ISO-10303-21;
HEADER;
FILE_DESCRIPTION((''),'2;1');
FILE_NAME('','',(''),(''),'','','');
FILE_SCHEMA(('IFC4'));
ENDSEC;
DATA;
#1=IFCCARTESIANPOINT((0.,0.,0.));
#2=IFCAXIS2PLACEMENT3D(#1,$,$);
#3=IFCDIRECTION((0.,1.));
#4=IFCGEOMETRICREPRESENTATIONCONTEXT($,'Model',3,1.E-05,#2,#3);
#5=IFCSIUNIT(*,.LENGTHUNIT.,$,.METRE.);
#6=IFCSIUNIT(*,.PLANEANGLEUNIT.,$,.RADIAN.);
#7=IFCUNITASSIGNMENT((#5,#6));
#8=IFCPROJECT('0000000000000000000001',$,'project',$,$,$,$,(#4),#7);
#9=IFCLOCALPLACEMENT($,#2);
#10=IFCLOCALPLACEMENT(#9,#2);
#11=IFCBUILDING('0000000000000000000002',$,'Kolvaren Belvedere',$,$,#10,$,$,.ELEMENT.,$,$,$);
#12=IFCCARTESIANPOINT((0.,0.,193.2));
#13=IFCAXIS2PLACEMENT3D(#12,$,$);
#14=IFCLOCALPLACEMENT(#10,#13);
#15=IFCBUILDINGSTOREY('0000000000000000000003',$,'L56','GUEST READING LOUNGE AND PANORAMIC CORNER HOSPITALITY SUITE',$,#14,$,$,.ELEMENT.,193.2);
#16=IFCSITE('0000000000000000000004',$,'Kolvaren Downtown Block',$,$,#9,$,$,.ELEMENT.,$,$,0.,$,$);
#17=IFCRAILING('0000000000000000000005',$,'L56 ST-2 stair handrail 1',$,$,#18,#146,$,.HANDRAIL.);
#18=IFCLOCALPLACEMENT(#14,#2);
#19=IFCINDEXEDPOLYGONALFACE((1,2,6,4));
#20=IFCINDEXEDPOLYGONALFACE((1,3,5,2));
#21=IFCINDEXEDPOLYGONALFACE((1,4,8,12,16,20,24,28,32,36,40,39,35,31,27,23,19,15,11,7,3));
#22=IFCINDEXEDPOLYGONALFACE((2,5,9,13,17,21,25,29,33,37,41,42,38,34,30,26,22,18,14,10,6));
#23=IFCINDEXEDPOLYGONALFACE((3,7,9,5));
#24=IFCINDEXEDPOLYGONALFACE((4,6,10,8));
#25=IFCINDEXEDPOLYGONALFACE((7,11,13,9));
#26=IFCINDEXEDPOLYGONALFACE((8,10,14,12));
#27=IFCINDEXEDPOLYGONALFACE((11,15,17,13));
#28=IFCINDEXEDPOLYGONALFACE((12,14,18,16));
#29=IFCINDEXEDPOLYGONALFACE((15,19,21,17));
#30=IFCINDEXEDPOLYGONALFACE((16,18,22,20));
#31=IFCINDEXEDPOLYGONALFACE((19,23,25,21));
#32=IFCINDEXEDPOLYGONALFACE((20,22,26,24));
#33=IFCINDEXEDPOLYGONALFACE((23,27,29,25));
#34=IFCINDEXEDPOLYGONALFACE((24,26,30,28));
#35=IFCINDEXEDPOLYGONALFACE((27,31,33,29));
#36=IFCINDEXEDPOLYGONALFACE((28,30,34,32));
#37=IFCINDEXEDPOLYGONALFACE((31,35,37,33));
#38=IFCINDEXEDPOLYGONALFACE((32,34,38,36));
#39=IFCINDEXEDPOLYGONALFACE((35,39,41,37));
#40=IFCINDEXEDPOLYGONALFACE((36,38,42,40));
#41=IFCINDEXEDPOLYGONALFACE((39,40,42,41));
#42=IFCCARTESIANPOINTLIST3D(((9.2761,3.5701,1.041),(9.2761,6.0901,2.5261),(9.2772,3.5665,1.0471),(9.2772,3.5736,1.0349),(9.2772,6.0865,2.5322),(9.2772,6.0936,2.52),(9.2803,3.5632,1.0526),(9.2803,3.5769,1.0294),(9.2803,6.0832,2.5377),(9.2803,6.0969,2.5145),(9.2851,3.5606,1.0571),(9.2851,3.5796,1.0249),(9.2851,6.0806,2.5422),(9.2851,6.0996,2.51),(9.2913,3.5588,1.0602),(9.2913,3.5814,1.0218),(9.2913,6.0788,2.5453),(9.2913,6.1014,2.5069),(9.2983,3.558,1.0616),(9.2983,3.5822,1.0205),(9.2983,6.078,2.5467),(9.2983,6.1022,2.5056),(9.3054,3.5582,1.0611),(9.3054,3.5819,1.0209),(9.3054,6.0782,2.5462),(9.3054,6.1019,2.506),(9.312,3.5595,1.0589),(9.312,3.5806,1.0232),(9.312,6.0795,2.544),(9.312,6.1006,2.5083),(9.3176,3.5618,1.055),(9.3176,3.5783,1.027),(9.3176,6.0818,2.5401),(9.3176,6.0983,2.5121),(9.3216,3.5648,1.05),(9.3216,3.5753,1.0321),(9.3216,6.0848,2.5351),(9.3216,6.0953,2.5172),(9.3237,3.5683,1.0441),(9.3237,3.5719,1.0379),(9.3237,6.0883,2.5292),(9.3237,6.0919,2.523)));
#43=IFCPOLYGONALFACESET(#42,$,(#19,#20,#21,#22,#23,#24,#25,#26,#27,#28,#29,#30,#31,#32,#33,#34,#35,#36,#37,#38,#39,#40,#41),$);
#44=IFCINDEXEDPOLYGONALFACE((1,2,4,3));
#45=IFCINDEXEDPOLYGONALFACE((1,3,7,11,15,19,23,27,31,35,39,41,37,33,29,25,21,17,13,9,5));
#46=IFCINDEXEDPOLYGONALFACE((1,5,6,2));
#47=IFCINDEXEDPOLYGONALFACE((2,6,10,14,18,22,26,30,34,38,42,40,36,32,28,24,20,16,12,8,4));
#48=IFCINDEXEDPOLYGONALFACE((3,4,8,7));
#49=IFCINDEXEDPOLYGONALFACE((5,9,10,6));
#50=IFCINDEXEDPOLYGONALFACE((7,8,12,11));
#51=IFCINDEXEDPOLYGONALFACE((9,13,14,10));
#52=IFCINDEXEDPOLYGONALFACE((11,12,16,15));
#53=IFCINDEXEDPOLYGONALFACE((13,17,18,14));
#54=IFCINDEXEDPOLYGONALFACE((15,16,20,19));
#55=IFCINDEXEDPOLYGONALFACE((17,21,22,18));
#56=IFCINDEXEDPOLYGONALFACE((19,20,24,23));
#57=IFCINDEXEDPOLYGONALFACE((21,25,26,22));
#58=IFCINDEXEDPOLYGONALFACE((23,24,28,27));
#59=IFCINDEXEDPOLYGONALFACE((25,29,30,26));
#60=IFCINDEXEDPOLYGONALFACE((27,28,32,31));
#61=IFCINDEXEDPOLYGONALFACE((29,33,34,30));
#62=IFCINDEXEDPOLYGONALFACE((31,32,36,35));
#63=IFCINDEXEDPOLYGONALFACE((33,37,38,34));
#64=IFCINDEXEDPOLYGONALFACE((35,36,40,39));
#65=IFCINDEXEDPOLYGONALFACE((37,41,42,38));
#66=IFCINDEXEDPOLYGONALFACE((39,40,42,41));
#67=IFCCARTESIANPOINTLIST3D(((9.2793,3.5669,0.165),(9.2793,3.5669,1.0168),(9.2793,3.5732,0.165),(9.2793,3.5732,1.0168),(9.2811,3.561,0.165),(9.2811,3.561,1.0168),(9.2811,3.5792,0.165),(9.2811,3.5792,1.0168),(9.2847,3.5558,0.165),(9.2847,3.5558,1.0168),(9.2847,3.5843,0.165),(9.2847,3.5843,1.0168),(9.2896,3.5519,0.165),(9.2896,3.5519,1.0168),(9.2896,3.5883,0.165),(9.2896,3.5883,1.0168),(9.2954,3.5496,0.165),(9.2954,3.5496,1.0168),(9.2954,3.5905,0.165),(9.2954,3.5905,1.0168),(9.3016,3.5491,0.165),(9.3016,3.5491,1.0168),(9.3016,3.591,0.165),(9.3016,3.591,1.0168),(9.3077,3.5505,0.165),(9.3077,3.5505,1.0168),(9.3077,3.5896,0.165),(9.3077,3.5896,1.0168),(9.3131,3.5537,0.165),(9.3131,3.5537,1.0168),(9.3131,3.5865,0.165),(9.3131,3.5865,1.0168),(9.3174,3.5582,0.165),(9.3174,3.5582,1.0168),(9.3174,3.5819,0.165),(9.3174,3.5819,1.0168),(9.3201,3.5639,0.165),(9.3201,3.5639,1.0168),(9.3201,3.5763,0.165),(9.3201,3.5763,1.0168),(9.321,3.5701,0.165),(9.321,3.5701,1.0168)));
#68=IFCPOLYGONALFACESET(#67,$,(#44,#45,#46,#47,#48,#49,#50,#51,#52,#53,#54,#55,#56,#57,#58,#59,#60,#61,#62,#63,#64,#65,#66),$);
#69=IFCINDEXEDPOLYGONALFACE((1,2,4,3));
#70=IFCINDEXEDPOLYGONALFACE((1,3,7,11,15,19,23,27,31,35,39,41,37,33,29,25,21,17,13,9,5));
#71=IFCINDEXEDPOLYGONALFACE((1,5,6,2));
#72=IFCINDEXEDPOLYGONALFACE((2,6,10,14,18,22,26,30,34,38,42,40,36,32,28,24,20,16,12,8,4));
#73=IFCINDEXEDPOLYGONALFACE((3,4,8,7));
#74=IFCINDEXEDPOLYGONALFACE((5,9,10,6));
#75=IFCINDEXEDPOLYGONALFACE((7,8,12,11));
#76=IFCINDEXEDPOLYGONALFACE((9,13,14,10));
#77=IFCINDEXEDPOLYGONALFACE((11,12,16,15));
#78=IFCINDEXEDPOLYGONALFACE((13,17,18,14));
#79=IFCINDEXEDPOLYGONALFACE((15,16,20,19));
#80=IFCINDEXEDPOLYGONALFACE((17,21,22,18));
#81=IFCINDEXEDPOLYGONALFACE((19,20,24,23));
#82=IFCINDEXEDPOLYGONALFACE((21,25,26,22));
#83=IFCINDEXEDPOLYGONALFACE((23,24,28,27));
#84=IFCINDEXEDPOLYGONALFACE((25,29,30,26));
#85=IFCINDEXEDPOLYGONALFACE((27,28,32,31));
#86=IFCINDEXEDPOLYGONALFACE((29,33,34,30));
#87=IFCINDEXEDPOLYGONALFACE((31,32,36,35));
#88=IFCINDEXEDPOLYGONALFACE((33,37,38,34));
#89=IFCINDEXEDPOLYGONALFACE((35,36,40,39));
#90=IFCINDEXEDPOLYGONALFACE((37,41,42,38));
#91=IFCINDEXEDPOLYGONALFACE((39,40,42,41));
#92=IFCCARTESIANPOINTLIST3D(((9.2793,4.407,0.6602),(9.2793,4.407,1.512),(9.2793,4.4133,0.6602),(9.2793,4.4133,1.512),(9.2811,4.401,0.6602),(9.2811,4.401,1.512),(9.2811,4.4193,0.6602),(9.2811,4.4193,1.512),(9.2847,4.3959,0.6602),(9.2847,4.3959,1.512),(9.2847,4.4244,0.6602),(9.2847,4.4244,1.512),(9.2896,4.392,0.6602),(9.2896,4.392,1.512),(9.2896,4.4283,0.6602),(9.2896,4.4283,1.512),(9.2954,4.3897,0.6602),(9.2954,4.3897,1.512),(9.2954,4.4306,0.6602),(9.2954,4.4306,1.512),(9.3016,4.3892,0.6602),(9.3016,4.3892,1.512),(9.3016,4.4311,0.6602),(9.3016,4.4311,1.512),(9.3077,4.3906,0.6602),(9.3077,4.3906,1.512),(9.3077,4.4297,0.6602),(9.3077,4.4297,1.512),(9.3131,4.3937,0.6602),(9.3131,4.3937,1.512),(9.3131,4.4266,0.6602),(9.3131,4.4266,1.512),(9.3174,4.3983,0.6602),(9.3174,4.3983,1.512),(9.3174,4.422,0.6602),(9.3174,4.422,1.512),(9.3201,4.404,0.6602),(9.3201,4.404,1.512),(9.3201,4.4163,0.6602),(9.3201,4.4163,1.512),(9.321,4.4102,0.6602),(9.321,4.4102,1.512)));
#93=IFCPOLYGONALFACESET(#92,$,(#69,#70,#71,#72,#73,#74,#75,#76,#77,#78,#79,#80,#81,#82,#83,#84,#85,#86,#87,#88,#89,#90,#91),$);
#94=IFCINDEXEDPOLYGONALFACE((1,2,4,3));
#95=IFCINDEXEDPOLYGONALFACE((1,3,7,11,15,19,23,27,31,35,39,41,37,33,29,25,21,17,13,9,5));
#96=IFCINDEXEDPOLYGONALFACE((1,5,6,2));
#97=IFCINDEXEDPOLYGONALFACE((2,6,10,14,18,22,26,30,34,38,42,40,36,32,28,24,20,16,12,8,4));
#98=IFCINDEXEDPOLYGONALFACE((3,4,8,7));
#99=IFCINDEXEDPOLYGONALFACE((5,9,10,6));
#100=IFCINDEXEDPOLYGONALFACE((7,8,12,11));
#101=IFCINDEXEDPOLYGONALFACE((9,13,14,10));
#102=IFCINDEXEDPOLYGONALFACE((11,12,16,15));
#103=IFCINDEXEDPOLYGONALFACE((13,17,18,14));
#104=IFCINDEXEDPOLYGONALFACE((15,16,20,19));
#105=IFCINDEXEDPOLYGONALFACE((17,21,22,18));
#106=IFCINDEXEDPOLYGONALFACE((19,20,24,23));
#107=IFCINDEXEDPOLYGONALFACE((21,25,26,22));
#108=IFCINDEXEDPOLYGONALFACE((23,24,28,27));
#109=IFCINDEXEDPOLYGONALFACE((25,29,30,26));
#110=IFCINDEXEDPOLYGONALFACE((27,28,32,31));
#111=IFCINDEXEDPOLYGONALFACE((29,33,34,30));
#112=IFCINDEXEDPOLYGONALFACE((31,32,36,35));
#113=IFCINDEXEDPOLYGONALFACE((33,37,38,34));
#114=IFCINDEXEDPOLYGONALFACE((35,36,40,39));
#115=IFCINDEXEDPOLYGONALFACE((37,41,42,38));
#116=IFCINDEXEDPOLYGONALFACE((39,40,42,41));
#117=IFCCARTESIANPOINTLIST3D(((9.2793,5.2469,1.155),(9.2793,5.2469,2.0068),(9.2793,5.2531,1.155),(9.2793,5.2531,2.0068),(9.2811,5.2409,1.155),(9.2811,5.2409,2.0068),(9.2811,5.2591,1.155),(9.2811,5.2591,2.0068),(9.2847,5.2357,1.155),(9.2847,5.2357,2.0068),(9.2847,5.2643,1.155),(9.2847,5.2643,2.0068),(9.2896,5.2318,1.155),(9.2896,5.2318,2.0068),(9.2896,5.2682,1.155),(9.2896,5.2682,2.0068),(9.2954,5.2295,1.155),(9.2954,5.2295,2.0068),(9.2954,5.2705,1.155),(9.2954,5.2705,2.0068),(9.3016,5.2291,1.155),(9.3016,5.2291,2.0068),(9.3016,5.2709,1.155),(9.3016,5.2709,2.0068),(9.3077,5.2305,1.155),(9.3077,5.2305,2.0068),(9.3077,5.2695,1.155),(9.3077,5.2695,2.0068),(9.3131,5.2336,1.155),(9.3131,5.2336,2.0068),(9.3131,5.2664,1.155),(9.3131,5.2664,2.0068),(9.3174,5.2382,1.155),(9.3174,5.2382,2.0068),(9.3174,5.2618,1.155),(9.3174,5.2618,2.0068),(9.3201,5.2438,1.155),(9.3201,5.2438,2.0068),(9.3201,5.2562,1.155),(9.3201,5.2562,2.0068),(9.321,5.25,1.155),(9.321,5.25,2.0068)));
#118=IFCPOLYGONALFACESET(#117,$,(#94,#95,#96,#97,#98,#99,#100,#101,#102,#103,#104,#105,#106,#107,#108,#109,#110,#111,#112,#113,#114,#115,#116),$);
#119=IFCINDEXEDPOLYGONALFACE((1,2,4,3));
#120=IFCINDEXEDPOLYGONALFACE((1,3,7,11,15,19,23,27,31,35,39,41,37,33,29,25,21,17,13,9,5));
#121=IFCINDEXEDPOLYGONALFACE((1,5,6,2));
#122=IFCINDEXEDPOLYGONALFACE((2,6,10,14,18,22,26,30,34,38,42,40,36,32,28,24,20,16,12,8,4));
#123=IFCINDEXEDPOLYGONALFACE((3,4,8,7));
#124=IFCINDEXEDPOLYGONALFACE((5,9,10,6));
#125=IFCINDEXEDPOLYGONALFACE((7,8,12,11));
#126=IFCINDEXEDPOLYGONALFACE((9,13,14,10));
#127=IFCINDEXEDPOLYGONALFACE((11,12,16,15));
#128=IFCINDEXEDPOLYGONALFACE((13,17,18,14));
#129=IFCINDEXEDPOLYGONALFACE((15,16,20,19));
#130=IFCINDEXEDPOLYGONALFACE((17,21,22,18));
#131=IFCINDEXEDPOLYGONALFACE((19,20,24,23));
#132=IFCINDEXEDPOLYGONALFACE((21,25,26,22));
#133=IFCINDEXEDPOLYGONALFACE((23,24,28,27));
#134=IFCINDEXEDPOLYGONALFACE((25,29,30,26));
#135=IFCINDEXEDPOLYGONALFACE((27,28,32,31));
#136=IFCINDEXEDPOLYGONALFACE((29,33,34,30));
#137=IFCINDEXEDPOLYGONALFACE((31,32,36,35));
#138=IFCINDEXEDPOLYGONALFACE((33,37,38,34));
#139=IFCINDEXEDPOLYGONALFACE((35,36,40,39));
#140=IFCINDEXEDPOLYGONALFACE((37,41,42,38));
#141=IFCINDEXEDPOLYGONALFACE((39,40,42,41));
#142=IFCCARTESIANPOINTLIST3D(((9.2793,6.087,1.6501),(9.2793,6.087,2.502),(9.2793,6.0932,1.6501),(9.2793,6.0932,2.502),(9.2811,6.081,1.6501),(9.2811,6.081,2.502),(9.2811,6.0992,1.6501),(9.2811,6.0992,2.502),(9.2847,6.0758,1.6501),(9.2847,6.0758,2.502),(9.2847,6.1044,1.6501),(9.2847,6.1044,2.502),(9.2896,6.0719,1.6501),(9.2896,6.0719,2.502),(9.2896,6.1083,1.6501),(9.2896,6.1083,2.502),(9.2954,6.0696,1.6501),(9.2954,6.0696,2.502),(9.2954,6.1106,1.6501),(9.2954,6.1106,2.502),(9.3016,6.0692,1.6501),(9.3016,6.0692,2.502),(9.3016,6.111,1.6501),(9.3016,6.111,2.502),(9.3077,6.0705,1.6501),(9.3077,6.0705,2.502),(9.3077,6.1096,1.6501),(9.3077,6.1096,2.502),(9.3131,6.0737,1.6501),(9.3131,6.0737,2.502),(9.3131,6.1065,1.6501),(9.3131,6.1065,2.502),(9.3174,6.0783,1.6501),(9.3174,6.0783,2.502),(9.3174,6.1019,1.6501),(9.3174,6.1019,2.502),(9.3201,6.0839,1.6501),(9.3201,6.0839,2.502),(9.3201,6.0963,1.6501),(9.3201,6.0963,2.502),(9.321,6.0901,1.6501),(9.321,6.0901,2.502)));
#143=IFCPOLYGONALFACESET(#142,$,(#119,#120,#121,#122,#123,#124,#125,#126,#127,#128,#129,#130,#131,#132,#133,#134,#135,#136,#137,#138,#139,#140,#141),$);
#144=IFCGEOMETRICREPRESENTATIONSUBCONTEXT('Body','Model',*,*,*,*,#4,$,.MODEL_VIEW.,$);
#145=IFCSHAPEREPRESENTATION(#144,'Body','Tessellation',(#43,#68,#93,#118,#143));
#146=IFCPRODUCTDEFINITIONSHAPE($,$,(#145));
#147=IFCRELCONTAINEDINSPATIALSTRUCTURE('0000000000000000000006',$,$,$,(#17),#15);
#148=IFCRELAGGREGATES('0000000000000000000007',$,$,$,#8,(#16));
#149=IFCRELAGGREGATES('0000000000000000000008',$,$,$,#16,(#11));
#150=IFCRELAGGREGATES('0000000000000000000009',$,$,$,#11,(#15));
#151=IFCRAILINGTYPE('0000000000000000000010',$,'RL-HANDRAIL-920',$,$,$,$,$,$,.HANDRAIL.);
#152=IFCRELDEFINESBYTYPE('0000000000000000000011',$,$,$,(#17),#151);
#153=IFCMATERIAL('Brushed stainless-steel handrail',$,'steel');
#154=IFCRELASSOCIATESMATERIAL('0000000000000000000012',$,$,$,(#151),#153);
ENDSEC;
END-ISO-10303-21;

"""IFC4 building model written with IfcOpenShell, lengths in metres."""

from ifc_helpers import new_model, si_unit, direction, frame, origin, origin_2d, place, context, subcontext, project, spatial, circle, extrude, material, type_object, element, save


model = new_model("IFC4")

# Units and contexts
model_context = context("Model", 3, precision=1e-05, world=origin(), true_north=direction((0.0, 1.0)))
body_context = subcontext(model_context, "Body", "Model", "MODEL_VIEW")
ifc_project = project(units=[si_unit("LENGTHUNIT", "METRE"), si_unit("PLANEANGLEUNIT", "RADIAN")], contexts=[model_context])

# Site, building, storey
site_placement = place(None, origin())
site = spatial("IfcSite", under=ifc_project, at=site_placement, Name="Kolvaren Downtown Block", CompositionType="ELEMENT", RefElevation=0.0)
building_placement = place(site_placement, origin())
building = spatial("IfcBuilding", under=site, at=building_placement, Name="Kolvaren Belvedere", CompositionType="ELEMENT")
storey_placement = place(building_placement, frame((0.0, 0.0, 193.2)))
storey = spatial("IfcBuildingStorey", under=building, at=storey_placement, Name="L56", Description="GUEST READING LOUNGE AND PANORAMIC CORNER HOSPITALITY SUITE", CompositionType="ELEMENT", Elevation=193.2)

# Railing
ifc_material_1 = material(Name="Brushed stainless-steel handrail", Category="steel")
railing_type_1 = type_object("IfcRailingType", Name="RL-HANDRAIL-920", PredefinedType="HANDRAIL", material=ifc_material_1)
railing_1_placement = place(storey_placement, frame((9.3, 3.5701, 0.165)))
element("IfcRailing", 1, at=railing_1_placement, inside=storey, type_object=railing_type_1, Name="L56 ST-2 stair handrail 1", PredefinedType="HANDRAIL", context=body_context, shape_type="SweptSolid", body=[
    extrude(circle(Radius=0.0239, at=origin_2d()), frame((0.0, 0.0, 0.876), z_axis=(0.0, 0.861524, 0.507717), x_axis=(-1.0, 0.0, 0.0)), (0.0, 0.0, 1.0), 2.925),
    extrude(circle(Radius=0.021, at=origin_2d()), origin(), (0.0, 0.0, 1.0), 0.8518),
    extrude(circle(Radius=0.021, at=origin_2d()), frame((0.0, 0.8401, 0.4951)), (0.0, 0.0, 1.0), 0.8518),
    extrude(circle(Radius=0.021, at=origin_2d()), frame((0.0, 1.6799, 0.99)), (0.0, 0.0, 1.0), 0.8518),
    extrude(circle(Radius=0.021, at=origin_2d()), frame((0.0, 2.52, 1.4851)), (0.0, 0.0, 1.0), 0.8518),
])

save(model, "model.ifc")
